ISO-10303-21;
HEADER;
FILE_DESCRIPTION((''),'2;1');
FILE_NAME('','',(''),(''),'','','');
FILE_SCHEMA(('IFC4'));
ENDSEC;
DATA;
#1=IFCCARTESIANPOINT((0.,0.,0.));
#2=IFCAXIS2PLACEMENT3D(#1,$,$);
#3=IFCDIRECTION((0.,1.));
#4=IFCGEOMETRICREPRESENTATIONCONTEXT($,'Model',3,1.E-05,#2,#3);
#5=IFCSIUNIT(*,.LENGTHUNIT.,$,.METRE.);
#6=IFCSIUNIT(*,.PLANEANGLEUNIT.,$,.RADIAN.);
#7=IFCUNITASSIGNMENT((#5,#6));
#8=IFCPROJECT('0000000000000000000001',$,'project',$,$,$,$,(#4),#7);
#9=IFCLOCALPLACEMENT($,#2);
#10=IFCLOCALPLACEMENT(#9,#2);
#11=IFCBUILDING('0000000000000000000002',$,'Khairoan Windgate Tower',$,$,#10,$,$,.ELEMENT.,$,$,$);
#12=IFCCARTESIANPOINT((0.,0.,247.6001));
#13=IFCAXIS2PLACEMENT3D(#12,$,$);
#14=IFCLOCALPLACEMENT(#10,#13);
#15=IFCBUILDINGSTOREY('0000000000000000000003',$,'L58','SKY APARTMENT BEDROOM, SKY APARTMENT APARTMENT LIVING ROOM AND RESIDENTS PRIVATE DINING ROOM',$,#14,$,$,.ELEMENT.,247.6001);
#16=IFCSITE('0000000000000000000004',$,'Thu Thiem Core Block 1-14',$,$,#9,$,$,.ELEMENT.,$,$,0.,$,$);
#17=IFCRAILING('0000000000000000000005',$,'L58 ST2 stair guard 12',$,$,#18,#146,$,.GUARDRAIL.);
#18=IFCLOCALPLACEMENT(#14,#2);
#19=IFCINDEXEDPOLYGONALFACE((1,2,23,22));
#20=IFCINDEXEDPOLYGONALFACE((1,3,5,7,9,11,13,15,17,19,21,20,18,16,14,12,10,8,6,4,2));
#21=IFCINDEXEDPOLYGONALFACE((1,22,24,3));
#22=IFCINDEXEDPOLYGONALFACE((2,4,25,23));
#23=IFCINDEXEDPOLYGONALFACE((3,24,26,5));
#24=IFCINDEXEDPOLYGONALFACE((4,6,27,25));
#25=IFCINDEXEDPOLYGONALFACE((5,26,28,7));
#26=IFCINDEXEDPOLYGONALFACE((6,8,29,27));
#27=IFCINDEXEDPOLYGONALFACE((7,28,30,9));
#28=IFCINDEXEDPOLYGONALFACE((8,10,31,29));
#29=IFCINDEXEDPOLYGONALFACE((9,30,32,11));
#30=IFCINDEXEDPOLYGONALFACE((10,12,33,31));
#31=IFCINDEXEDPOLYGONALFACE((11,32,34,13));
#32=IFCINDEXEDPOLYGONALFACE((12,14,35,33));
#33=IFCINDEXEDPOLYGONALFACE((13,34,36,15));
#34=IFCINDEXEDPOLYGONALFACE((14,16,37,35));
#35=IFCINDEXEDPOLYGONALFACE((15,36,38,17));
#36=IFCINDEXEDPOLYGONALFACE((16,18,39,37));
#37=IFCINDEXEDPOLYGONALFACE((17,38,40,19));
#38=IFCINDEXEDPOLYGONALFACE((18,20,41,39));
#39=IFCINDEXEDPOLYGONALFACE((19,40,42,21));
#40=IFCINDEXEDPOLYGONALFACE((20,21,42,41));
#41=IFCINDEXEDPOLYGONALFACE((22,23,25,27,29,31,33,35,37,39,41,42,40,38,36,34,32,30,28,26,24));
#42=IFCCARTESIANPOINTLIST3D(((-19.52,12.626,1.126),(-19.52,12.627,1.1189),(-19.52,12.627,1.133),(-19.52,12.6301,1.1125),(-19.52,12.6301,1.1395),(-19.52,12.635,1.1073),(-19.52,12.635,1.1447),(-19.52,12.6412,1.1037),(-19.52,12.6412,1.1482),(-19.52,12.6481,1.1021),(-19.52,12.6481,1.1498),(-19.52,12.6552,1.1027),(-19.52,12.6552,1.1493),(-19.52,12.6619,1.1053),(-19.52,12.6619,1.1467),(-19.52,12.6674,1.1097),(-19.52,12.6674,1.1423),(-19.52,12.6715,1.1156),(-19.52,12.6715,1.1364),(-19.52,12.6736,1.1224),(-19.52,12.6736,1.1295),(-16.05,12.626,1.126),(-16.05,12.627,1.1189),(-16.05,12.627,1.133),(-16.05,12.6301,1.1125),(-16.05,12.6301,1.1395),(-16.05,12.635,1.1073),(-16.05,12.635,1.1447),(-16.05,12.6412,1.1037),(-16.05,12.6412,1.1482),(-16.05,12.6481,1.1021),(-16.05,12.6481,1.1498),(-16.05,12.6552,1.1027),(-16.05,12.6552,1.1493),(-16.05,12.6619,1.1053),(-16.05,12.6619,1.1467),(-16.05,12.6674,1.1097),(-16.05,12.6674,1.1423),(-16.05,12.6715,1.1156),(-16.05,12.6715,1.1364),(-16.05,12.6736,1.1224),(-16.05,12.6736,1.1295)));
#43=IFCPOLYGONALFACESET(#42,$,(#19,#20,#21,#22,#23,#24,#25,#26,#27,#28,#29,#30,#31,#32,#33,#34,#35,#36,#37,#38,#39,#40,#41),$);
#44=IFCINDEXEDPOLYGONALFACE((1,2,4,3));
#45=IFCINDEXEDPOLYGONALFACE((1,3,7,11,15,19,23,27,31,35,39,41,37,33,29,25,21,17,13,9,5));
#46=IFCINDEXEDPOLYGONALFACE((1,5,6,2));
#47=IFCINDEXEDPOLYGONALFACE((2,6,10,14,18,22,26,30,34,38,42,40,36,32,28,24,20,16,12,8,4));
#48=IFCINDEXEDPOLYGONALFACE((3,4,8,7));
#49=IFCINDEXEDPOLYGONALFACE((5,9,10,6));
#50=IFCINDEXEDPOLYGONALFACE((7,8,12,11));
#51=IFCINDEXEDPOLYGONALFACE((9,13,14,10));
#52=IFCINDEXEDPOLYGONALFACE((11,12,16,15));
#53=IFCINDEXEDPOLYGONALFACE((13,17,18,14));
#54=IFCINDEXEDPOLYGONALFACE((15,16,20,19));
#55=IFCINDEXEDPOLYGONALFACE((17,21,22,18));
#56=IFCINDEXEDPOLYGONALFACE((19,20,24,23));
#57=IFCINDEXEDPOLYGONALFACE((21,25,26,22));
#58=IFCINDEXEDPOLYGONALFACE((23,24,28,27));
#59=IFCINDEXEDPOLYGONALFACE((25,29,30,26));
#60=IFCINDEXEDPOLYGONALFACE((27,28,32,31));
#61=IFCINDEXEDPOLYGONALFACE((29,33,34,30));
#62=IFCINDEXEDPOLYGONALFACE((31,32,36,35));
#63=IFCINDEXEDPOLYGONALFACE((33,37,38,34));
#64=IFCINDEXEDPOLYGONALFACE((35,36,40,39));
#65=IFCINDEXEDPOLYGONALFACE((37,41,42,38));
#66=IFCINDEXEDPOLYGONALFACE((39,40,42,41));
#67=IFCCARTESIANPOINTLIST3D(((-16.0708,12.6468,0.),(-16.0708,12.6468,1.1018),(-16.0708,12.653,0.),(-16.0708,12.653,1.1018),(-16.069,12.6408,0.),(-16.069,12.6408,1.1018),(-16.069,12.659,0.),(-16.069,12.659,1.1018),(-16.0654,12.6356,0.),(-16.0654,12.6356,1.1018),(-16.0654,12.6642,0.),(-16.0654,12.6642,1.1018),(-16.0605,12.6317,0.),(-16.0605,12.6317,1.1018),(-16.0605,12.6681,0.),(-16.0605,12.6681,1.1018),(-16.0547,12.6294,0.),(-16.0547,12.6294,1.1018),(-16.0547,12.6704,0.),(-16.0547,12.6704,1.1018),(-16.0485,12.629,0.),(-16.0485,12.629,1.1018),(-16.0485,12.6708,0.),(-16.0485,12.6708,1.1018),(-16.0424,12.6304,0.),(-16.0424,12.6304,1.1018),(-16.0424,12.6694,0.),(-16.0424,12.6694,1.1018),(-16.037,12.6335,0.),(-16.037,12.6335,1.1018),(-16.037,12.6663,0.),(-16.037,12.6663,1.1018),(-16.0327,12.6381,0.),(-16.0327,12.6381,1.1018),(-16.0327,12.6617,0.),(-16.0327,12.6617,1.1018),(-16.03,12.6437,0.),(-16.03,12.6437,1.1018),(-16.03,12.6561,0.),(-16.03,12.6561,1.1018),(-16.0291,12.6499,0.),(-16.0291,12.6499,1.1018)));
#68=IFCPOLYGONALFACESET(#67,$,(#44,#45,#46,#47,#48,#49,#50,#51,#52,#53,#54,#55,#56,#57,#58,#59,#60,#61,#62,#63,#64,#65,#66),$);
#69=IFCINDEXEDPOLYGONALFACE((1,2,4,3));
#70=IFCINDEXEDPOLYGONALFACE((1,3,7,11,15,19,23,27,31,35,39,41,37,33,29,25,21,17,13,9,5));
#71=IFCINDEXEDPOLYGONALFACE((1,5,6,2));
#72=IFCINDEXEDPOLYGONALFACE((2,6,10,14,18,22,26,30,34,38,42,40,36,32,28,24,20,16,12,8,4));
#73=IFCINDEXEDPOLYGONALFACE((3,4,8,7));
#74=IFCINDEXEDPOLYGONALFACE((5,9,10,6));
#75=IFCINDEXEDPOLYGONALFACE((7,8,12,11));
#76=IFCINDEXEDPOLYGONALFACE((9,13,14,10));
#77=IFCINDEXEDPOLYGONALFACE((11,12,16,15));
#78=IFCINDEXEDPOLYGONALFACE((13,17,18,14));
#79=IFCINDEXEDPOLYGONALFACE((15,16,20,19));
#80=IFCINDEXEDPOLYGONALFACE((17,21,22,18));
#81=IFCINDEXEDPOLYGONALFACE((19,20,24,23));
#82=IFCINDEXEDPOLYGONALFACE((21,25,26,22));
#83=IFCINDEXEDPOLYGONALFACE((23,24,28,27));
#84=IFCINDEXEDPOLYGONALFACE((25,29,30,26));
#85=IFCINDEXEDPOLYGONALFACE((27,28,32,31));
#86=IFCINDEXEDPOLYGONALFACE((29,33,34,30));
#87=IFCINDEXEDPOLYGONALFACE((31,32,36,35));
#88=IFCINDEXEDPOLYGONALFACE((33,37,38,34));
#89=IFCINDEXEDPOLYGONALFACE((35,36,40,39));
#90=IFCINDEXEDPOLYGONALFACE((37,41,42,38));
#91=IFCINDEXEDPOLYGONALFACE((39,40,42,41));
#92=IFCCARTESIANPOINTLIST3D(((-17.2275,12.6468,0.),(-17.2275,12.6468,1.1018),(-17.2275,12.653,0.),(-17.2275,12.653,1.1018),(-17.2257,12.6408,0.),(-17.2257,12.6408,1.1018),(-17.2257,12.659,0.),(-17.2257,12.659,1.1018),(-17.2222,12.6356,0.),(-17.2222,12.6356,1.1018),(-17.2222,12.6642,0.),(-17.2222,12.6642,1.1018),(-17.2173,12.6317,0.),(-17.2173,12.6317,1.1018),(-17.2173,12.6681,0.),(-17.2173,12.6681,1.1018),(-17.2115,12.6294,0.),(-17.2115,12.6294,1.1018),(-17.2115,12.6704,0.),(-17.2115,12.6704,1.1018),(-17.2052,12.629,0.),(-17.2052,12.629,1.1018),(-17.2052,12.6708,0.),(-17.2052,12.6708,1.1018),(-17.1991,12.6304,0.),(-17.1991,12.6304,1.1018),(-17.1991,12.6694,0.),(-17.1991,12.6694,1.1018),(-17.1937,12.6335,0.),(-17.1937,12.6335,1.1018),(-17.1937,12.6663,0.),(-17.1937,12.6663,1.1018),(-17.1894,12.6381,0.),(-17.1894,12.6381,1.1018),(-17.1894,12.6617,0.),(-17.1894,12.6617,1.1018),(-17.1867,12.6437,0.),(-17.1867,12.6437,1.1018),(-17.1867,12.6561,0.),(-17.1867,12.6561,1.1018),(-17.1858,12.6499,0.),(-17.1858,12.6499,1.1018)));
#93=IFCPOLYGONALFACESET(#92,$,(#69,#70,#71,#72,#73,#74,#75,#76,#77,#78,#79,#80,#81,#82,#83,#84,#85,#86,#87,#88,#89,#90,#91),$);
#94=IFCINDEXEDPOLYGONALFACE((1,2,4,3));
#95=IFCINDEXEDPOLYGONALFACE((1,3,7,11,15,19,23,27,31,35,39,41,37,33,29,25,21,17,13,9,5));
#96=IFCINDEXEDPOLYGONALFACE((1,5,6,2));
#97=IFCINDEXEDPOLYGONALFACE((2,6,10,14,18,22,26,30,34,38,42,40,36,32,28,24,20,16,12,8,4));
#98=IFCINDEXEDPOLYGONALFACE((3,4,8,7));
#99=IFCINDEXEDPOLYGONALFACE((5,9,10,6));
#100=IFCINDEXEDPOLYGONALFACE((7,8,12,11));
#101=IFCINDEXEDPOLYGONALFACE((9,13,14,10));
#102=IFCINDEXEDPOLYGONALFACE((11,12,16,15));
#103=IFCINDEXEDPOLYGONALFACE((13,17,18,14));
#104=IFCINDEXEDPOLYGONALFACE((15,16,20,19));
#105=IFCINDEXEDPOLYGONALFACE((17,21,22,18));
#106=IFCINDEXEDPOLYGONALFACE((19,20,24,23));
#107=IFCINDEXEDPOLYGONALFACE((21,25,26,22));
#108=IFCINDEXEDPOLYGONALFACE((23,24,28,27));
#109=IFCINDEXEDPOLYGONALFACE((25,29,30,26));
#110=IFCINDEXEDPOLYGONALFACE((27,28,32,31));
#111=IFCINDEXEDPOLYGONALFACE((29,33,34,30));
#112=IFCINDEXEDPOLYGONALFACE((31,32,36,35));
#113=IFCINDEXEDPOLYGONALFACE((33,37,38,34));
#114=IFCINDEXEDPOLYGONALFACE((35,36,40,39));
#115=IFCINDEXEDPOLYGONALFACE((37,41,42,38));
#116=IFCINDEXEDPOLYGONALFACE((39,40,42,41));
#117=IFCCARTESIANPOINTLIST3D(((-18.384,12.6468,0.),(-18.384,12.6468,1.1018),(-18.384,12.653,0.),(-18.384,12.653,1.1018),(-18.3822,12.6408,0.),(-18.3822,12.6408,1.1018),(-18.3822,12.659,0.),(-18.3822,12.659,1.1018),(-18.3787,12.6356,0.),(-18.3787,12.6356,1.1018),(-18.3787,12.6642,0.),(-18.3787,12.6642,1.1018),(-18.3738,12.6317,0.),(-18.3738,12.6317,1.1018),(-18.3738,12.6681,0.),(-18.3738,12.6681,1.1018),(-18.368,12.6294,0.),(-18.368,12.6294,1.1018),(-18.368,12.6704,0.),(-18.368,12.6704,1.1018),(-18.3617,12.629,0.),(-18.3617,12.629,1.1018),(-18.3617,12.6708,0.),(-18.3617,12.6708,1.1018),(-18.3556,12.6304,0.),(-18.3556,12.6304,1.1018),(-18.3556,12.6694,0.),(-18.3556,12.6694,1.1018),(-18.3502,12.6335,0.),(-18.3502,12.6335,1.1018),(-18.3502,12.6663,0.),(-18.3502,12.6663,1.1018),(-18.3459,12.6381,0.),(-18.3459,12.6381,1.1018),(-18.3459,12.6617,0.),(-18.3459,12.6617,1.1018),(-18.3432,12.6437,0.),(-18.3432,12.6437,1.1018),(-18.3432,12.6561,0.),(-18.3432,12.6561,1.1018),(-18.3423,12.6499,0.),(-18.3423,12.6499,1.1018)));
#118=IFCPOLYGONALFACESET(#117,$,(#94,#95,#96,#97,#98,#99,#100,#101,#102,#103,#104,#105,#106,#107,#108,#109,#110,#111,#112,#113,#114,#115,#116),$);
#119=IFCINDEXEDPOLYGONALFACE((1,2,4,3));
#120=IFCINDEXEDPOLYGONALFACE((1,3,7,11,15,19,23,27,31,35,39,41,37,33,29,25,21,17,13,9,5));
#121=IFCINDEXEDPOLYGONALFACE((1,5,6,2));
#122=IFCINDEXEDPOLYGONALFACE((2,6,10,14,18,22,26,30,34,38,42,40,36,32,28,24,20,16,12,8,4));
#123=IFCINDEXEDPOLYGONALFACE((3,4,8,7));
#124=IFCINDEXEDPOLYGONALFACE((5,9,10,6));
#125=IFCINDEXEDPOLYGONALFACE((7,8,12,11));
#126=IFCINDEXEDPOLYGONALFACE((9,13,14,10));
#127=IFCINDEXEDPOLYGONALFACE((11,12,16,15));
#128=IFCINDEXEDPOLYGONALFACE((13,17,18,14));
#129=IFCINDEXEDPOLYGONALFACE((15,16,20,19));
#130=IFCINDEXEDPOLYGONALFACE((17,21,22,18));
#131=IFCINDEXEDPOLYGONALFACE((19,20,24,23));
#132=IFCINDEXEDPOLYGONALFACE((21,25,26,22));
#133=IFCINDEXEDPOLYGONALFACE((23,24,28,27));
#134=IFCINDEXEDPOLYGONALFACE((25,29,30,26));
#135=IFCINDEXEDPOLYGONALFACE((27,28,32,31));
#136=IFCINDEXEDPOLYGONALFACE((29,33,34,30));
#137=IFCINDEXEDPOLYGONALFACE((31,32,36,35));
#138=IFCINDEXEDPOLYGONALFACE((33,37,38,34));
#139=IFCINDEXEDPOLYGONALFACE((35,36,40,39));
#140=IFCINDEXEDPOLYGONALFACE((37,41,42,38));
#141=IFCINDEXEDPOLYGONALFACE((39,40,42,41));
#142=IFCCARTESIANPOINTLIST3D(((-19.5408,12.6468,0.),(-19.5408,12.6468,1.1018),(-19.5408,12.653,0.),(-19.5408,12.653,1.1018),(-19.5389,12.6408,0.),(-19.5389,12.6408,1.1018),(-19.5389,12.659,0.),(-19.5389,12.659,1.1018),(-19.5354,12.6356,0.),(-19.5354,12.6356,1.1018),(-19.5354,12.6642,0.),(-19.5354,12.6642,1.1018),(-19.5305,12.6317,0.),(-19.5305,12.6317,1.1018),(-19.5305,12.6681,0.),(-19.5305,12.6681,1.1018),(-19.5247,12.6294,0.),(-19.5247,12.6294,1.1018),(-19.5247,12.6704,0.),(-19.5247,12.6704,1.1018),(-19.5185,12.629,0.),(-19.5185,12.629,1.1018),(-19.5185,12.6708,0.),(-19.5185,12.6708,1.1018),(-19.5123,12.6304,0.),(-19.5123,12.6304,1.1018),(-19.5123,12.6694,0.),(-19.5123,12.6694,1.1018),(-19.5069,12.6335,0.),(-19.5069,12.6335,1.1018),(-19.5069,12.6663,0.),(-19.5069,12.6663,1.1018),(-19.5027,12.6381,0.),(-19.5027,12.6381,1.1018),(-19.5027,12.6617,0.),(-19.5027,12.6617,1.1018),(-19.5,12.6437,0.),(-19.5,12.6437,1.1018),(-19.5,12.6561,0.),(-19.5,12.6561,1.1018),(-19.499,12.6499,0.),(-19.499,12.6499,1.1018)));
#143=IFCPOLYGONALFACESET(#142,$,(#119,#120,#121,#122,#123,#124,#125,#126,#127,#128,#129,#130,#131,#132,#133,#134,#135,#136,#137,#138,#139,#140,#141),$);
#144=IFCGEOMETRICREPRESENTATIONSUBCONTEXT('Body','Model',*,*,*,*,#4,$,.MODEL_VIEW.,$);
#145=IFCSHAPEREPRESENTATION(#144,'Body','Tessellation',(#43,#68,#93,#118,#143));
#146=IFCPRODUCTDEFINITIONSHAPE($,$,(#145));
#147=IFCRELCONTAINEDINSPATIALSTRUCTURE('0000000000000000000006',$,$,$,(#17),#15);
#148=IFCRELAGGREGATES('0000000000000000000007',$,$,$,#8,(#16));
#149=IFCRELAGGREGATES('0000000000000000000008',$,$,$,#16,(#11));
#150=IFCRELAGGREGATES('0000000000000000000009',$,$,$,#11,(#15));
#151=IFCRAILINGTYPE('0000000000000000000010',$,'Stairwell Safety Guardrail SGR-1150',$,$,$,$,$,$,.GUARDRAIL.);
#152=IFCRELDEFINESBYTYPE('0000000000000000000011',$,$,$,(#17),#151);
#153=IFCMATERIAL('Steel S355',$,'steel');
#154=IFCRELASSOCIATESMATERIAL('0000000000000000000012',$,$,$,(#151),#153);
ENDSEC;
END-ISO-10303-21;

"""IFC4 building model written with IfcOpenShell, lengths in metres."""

from ifc_helpers import new_model, si_unit, direction, frame, origin, origin_2d, place, context, subcontext, project, spatial, circle, extrude, material, type_object, element, save


model = new_model("IFC4")

# Units and contexts
model_context = context("Model", 3, precision=1e-05, world=origin(), true_north=direction((0.0, 1.0)))
body_context = subcontext(model_context, "Body", "Model", "MODEL_VIEW")
ifc_project = project(units=[si_unit("LENGTHUNIT", "METRE"), si_unit("PLANEANGLEUNIT", "RADIAN")], contexts=[model_context])

# Site, building, storey
site_placement = place(None, origin())
site = spatial("IfcSite", under=ifc_project, at=site_placement, Name="Thu Thiem Core Block 1-14", CompositionType="ELEMENT", RefElevation=0.0)
building_placement = place(site_placement, origin())
building = spatial("IfcBuilding", under=site, at=building_placement, Name="Khairoan Windgate Tower", CompositionType="ELEMENT")
storey_placement = place(building_placement, frame((0.0, 0.0, 247.6001)))
storey = spatial("IfcBuildingStorey", under=building, at=storey_placement, Name="L58", Description="SKY APARTMENT BEDROOM, SKY APARTMENT APARTMENT LIVING ROOM AND RESIDENTS PRIVATE DINING ROOM", CompositionType="ELEMENT", Elevation=247.6001)

# Railing
ifc_material_1 = material(Name="Steel S355", Category="steel")
railing_type = type_object("IfcRailingType", Name="Stairwell Safety Guardrail SGR-1150", PredefinedType="GUARDRAIL", material=ifc_material_1)
railing_1_placement = place(storey_placement, frame((-16.05, 12.6499, 0.0)))
element("IfcRailing", 1, at=railing_1_placement, inside=storey, type_object=railing_type, Name="L58 ST2 stair guard 12", PredefinedType="GUARDRAIL", context=body_context, shape_type="SweptSolid", body=[
    extrude(circle(Radius=0.0239, at=origin_2d()), frame((0.0, 0.0, 1.126), z_axis=(-1.0, 0.0, 0.0), x_axis=(0.0, -1.0, 0.0)), (0.0, 0.0, 1.0), 3.47),
    extrude(circle(Radius=0.021, at=origin_2d()), origin(), (0.0, 0.0, 1.0), 1.1018),
    extrude(circle(Radius=0.021, at=origin_2d()), frame((-1.1567, 0.0, 0.0)), (0.0, 0.0, 1.0), 1.1018),
    extrude(circle(Radius=0.021, at=origin_2d()), frame((-2.3132, 0.0, 0.0)), (0.0, 0.0, 1.0), 1.1018),
    extrude(circle(Radius=0.021, at=origin_2d()), frame((-3.47, 0.0, 0.0)), (0.0, 0.0, 1.0), 1.1018),
])

save(model, "model.ifc")
